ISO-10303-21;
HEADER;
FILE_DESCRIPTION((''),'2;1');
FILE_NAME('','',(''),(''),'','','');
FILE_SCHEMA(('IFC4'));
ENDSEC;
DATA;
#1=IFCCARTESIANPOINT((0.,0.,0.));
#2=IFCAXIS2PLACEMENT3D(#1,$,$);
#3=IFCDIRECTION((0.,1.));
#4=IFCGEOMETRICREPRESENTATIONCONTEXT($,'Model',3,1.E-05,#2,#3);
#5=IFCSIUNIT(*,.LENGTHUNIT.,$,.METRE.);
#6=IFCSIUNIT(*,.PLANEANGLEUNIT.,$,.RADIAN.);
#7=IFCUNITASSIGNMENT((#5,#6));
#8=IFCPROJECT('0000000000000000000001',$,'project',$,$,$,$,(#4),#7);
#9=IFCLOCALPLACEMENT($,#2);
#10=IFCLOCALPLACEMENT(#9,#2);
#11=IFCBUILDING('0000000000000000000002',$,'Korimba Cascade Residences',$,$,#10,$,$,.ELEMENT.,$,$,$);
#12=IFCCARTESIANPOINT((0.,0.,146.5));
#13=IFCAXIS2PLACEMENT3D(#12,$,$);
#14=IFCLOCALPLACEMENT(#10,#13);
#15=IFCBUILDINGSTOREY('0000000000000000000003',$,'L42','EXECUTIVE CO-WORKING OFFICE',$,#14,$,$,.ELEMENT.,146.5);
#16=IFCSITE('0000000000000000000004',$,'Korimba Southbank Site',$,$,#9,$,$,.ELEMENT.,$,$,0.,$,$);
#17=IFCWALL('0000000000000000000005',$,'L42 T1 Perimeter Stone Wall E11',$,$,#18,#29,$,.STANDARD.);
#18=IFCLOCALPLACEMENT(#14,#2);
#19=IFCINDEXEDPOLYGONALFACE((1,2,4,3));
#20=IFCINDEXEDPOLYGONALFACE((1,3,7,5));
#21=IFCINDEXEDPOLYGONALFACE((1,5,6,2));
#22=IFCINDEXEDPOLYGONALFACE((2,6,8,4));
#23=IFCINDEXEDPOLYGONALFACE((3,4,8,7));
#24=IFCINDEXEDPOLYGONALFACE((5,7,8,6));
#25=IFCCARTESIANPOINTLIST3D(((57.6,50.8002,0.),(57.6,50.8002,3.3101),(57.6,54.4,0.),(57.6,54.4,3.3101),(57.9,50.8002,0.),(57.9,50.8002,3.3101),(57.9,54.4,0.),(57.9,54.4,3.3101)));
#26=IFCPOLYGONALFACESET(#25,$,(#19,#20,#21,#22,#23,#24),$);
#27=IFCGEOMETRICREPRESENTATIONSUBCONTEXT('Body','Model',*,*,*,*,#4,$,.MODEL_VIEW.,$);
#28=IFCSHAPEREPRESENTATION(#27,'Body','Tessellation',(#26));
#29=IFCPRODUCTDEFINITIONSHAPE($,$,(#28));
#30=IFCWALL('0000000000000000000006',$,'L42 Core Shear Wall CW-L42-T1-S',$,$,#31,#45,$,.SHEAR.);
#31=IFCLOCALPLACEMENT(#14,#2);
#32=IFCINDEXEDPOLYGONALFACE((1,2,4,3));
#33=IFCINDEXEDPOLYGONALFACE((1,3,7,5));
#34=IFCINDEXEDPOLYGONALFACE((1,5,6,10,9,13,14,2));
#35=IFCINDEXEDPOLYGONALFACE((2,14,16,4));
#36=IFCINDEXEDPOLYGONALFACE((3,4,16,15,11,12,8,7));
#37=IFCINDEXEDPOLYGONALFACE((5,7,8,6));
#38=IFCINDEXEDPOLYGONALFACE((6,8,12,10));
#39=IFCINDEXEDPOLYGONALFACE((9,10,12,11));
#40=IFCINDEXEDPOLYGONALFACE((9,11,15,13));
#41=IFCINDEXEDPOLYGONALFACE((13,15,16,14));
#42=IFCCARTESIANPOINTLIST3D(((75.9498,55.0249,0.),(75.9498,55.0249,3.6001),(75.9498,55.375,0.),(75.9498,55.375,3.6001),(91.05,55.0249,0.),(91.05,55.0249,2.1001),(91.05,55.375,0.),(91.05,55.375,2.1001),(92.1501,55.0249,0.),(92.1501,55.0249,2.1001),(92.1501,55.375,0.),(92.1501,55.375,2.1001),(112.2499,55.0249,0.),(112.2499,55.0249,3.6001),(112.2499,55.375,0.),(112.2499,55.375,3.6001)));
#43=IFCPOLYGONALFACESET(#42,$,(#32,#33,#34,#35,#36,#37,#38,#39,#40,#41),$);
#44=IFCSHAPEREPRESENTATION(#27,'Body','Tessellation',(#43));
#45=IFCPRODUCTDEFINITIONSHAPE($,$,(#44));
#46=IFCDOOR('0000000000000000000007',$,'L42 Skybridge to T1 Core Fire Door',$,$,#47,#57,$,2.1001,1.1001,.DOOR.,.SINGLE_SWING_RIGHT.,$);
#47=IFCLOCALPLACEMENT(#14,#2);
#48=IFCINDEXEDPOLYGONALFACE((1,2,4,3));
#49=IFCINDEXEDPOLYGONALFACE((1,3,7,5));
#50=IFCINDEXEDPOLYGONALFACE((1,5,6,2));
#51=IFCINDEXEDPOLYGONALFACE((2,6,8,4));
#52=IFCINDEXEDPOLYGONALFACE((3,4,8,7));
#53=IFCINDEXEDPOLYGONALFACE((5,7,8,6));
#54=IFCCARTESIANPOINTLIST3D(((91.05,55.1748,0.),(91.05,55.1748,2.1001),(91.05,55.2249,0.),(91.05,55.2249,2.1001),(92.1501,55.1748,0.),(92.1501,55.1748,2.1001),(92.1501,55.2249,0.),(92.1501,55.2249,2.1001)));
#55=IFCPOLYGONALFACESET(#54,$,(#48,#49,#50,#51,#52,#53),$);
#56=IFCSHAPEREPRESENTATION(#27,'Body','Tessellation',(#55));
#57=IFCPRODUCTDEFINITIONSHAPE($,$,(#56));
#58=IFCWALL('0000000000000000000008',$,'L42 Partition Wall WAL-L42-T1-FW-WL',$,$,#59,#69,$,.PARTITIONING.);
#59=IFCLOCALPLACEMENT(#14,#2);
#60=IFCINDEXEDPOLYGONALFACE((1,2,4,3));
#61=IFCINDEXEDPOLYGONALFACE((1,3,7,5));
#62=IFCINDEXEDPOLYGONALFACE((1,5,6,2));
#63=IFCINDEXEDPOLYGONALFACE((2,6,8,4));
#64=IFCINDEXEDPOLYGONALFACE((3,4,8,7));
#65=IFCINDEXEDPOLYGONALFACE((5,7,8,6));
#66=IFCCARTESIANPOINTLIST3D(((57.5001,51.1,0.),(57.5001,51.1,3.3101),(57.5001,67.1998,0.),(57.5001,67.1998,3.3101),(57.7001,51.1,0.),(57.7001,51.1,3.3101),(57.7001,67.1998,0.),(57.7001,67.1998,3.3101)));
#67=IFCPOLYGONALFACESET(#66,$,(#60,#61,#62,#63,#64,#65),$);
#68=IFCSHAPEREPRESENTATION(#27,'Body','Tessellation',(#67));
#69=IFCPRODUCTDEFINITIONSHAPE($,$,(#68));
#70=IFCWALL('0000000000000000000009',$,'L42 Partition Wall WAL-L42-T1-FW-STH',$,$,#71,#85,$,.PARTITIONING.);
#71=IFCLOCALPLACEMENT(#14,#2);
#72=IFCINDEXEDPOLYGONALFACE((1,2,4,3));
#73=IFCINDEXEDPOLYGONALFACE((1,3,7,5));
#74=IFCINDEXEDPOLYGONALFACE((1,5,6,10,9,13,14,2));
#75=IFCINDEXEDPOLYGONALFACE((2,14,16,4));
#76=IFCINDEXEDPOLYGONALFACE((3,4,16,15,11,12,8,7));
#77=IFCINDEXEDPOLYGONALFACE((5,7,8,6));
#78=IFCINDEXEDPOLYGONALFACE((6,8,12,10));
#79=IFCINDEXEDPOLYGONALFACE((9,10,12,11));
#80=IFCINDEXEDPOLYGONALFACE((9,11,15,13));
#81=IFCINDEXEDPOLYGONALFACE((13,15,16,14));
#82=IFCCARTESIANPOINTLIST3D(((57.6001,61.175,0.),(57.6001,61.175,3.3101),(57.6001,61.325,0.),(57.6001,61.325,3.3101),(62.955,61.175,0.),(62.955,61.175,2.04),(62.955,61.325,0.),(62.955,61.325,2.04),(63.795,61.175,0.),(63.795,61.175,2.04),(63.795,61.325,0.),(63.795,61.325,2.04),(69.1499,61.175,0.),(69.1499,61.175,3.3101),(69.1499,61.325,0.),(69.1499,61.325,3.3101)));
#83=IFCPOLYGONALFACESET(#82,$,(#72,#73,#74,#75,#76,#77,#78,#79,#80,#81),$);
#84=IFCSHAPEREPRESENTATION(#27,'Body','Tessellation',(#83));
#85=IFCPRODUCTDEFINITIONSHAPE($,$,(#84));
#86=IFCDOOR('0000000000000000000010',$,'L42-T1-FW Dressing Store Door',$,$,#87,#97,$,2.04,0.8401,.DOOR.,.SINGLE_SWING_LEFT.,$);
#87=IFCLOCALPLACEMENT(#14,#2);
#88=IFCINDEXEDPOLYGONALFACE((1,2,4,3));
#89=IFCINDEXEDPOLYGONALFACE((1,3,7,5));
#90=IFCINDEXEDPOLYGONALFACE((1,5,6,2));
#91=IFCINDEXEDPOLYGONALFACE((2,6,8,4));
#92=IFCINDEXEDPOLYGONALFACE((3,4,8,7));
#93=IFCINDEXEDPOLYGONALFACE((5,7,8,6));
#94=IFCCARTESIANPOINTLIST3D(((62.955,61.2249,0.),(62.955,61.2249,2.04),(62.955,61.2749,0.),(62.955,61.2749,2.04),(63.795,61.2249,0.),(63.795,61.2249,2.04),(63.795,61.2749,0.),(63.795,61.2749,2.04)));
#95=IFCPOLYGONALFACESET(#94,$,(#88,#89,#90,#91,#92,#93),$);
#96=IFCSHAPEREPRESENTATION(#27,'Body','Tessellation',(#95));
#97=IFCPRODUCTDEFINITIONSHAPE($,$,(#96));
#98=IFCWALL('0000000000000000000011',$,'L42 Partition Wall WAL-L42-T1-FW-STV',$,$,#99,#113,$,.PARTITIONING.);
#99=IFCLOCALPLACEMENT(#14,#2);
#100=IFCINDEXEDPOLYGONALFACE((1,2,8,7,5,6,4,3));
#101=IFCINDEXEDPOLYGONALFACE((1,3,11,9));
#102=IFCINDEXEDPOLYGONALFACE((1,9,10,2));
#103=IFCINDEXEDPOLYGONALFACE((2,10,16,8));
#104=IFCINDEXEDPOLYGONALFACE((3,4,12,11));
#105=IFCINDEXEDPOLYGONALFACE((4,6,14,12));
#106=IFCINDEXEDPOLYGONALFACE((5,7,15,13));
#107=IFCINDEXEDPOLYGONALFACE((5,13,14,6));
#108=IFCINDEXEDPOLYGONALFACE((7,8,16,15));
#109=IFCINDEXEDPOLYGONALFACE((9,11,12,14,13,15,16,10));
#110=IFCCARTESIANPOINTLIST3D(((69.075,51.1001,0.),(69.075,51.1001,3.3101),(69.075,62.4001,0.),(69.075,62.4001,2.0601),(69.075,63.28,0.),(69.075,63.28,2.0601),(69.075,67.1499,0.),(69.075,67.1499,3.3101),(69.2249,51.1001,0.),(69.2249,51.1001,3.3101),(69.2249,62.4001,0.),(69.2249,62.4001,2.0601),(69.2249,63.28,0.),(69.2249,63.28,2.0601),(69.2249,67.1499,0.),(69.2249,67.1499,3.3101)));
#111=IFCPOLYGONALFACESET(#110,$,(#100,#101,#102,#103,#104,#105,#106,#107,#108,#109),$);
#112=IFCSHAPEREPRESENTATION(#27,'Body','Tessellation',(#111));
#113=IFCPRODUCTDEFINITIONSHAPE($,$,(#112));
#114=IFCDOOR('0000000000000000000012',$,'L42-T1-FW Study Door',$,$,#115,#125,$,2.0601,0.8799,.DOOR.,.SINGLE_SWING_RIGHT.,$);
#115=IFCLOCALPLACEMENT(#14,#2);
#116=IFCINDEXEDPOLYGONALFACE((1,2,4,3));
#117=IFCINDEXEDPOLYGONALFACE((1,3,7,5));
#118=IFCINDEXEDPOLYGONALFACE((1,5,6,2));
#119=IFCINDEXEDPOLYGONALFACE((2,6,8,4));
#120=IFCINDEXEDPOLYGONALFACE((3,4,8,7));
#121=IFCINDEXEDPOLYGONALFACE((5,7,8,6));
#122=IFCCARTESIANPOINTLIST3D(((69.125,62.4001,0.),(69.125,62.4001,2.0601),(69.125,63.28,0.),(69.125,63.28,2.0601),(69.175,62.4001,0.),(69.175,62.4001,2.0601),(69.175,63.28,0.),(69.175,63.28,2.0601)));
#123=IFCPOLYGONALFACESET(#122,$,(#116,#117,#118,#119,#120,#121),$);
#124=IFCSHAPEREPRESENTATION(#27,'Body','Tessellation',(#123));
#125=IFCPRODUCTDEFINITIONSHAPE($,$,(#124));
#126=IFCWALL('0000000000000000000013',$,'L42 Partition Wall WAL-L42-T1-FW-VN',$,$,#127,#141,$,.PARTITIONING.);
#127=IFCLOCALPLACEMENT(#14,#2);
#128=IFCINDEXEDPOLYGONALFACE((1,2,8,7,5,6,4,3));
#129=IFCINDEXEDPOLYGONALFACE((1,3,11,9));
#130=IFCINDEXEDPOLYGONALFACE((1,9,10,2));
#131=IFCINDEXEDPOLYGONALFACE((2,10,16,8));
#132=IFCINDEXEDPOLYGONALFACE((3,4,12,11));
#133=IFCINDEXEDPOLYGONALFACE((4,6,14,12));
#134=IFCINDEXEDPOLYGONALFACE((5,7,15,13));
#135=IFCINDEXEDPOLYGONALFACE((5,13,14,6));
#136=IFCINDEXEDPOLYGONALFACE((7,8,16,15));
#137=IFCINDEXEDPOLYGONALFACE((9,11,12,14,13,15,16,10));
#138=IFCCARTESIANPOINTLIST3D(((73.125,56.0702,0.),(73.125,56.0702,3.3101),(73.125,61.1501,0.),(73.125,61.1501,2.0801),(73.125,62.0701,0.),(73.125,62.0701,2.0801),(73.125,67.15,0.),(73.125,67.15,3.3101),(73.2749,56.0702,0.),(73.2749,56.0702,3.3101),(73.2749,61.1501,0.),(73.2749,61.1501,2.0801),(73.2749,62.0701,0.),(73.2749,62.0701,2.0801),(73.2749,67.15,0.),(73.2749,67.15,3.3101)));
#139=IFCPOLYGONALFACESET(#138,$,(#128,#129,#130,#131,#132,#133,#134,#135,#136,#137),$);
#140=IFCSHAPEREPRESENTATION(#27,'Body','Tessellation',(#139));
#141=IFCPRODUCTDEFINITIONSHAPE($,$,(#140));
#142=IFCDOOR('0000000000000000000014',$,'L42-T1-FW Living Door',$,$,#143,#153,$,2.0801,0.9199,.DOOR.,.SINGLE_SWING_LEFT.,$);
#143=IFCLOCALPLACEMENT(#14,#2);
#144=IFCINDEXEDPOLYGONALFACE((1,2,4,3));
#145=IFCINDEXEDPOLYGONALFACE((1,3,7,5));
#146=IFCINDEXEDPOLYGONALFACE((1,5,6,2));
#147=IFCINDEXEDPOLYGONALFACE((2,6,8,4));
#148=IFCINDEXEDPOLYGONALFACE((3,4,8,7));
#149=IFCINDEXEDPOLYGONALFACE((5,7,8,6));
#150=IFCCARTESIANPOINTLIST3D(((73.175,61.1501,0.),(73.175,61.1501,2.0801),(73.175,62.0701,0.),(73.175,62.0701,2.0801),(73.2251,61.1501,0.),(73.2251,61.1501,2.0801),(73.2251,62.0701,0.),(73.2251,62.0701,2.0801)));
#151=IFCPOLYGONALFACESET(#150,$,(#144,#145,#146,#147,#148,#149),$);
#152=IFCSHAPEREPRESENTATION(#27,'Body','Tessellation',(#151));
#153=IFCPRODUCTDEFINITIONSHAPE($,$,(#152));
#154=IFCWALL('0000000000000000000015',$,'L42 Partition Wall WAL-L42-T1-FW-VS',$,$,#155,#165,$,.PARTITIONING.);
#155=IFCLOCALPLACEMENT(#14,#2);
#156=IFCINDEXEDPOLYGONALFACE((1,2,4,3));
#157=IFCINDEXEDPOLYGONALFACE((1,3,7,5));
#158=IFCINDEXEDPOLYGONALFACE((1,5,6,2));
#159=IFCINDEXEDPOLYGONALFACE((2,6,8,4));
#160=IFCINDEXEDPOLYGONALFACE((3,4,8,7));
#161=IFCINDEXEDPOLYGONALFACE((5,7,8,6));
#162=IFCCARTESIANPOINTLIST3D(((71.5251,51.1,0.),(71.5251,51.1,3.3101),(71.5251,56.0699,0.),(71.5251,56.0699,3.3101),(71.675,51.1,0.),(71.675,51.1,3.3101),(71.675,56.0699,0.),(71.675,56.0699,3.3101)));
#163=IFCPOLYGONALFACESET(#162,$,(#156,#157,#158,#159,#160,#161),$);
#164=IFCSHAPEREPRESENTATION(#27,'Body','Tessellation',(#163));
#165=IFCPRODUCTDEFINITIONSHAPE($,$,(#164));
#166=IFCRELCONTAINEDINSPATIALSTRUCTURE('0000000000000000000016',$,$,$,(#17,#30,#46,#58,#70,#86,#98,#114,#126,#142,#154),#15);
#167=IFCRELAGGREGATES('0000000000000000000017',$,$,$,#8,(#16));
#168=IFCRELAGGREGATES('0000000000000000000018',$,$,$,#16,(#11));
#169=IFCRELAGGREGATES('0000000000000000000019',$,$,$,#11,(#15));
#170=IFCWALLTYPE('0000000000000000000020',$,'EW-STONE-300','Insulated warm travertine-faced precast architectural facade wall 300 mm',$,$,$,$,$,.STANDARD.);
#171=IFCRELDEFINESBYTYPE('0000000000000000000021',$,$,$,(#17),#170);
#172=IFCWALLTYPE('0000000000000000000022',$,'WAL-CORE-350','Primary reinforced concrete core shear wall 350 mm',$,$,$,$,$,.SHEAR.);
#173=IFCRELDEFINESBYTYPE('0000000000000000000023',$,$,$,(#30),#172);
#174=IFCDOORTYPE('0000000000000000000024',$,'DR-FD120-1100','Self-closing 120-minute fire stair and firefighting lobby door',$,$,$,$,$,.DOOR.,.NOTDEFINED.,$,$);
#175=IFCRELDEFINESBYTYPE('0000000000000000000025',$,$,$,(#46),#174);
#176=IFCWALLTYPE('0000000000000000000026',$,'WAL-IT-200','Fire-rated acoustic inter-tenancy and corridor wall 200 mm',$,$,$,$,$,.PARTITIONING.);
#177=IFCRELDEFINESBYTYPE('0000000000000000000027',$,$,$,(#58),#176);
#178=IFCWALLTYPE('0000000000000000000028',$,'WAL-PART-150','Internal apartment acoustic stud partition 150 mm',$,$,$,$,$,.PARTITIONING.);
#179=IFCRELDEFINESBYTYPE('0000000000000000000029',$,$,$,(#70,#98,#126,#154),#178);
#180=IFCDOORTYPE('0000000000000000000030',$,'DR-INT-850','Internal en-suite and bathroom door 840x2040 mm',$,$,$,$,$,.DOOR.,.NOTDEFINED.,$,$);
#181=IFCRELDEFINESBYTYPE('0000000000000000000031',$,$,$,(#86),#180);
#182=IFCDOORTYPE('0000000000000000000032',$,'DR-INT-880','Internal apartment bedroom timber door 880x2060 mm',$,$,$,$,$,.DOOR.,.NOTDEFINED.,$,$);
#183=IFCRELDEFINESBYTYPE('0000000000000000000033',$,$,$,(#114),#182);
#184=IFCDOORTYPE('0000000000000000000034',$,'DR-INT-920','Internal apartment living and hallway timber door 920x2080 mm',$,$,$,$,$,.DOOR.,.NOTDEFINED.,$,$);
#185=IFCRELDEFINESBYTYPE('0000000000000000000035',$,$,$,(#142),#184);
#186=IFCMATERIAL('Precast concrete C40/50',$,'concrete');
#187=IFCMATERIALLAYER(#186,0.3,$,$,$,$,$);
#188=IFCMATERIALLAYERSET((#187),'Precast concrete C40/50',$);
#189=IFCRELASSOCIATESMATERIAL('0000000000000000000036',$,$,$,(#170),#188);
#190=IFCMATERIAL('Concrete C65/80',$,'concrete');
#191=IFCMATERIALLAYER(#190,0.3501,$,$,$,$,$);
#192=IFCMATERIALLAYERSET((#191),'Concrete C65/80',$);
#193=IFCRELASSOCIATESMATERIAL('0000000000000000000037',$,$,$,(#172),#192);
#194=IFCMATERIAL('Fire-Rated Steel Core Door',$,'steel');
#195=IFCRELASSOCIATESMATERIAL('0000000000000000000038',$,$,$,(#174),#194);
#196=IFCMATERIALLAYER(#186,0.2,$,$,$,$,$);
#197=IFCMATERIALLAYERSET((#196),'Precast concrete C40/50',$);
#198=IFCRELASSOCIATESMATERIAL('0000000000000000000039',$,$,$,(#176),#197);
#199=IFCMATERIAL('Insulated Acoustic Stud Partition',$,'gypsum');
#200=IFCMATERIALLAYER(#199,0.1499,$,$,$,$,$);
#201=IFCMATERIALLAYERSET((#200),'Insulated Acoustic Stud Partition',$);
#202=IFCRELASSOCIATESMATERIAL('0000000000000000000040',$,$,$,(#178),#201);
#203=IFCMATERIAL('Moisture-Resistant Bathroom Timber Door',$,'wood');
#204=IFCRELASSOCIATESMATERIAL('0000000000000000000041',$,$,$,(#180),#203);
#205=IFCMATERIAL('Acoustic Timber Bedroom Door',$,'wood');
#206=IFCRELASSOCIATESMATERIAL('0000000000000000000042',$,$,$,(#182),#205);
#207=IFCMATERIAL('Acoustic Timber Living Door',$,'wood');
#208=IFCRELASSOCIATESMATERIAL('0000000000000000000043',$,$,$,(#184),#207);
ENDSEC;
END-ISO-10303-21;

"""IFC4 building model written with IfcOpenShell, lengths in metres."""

from ifc_helpers import new_model, si_unit, direction, frame, frame_2d, origin, place, context, subcontext, project, spatial, rectangle, extrude, material, layer, layer_set, type_object, element, fill, save


model = new_model("IFC4")

# Units and contexts
model_context = context("Model", 3, precision=1e-05, world=origin(), true_north=direction((0.0, 1.0)))
body_context = subcontext(model_context, "Body", "Model", "MODEL_VIEW")
ifc_project = project(units=[si_unit("LENGTHUNIT", "METRE"), si_unit("PLANEANGLEUNIT", "RADIAN")], contexts=[model_context])

# Site, building, storey
site_placement = place(None, origin())
site = spatial("IfcSite", under=ifc_project, at=site_placement, Name="Korimba Southbank Site", CompositionType="ELEMENT", RefElevation=0.0)
building_placement = place(site_placement, origin())
building = spatial("IfcBuilding", under=site, at=building_placement, Name="Korimba Cascade Residences", CompositionType="ELEMENT")
storey_placement = place(building_placement, frame((0.0, 0.0, 146.5)))
storey = spatial("IfcBuildingStorey", under=building, at=storey_placement, Name="L42", Description="EXECUTIVE CO-WORKING OFFICE", CompositionType="ELEMENT", Elevation=146.5)

# Shared definitions
ifc_material_1 = material(Name="Precast concrete C40/50", Category="concrete")
ifc_layer_1 = layer(ifc_material_1, 0.3)
ifc_layer_set_1 = layer_set([ifc_layer_1], Name="Precast concrete C40/50")
wall_type_1 = type_object("IfcWallType", Name="EW-STONE-300", Description="Insulated warm travertine-faced precast architectural facade wall 300 mm", PredefinedType="STANDARD", material=ifc_layer_set_1)

# Wall
wall_1_placement = place(storey_placement, frame((57.75, 54.3999, 0.0), z_axis=(0.0, 0.0, 1.0), x_axis=(0.0, -1.0, 0.0)))
element("IfcWall", 1, at=wall_1_placement, inside=storey, type_object=wall_type_1, Name="L42 T1 Perimeter Stone Wall E11", PredefinedType="STANDARD", context=body_context, shape_type="SweptSolid", body=[
    extrude(rectangle(XDim=3.5999, YDim=0.3, at=frame_2d((1.7998, 0.0))), origin(), (0.0, 0.0, 1.0), 3.3101),
])

# Wall, opening, door
ifc_material_2 = material(Name="Concrete C65/80", Category="concrete")
ifc_layer_2 = layer(ifc_material_2, 0.3501)
ifc_layer_set_2 = layer_set([ifc_layer_2], Name="Concrete C65/80")
wall_type_2 = type_object("IfcWallType", Name="WAL-CORE-350", Description="Primary reinforced concrete core shear wall 350 mm", PredefinedType="SHEAR", material=ifc_layer_set_2)
wall_2_placement = place(storey_placement, frame((75.95, 55.2, 0.0), z_axis=(0.0, 0.0, 1.0), x_axis=(1.0, 0.0, 0.0)))
wall_2 = element("IfcWall", 2, at=wall_2_placement, inside=storey, type_object=wall_type_2, Name="L42 Core Shear Wall CW-L42-T1-S", PredefinedType="SHEAR", context=body_context, shape_type="SweptSolid", body=[
    extrude(rectangle(XDim=36.3, YDim=0.3501, at=frame_2d((18.1499, 0.0))), origin(), (0.0, 0.0, 1.0), 3.6001),
])
opening_1_placement = place(wall_2_placement, frame((15.1001, 0.0, 0.0)))
opening_1 = element("IfcOpeningElement", 3, at=opening_1_placement, cuts=wall_2, PredefinedType="OPENING", context=body_context, shape_type="SweptSolid", body=[
    extrude(rectangle(XDim=1.1001, YDim=2.1001, at=frame_2d((0.55, 1.05))), frame((0.0, 0.1851, 0.0), z_axis=(0.0, -1.0, 0.0), x_axis=(1.0, 0.0, 0.0)), (0.0, 0.0, 1.0), 0.3701),
])
ifc_material_3 = material(Name="Fire-Rated Steel Core Door", Category="steel")
door_type_1 = type_object("IfcDoorType", Name="DR-FD120-1100", Description="Self-closing 120-minute fire stair and firefighting lobby door", OperationType="NOTDEFINED", PredefinedType="DOOR", material=ifc_material_3)
door_1_placement = place(opening_1_placement, origin())
door_1 = element("IfcDoor", 4, at=door_1_placement, inside=storey, type_object=door_type_1, Name="L42 Skybridge to T1 Core Fire Door", OperationType="SINGLE_SWING_RIGHT", OverallHeight=2.1001, OverallWidth=1.1001, PredefinedType="DOOR", context=body_context, shape_type="SweptSolid", body=[
    extrude(rectangle(XDim=1.1001, YDim=2.1001, at=frame_2d((0.55, 1.05))), frame((0.0, 0.0249, 0.0), z_axis=(0.0, -1.0, 0.0), x_axis=(1.0, 0.0, 0.0)), (0.0, 0.0, 1.0), 0.05),
])
fill(opening_1, door_1)

# Wall
ifc_layer_3 = layer(ifc_material_1, 0.2)
ifc_layer_set_3 = layer_set([ifc_layer_3], Name="Precast concrete C40/50")
wall_type_3 = type_object("IfcWallType", Name="WAL-IT-200", Description="Fire-rated acoustic inter-tenancy and corridor wall 200 mm", PredefinedType="PARTITIONING", material=ifc_layer_set_3)
wall_3_placement = place(storey_placement, frame((57.6001, 51.1001, 0.0), z_axis=(0.0, 0.0, 1.0), x_axis=(0.0, 1.0, 0.0)))
element("IfcWall", 5, at=wall_3_placement, inside=storey, type_object=wall_type_3, Name="L42 Partition Wall WAL-L42-T1-FW-WL", PredefinedType="PARTITIONING", context=body_context, shape_type="SweptSolid", body=[
    extrude(rectangle(XDim=16.0999, YDim=0.2, at=frame_2d((8.0498, 0.0))), origin(), (0.0, 0.0, 1.0), 3.3101),
])

# Walls, openings, doors
ifc_material_4 = material(Name="Insulated Acoustic Stud Partition", Category="gypsum")
ifc_layer_4 = layer(ifc_material_4, 0.1499)
ifc_layer_set_4 = layer_set([ifc_layer_4], Name="Insulated Acoustic Stud Partition")
wall_type_4 = type_object("IfcWallType", Name="WAL-PART-150", Description="Internal apartment acoustic stud partition 150 mm", PredefinedType="PARTITIONING", material=ifc_layer_set_4)
wall_4_placement = place(storey_placement, frame((57.6001, 61.25, 0.0), z_axis=(0.0, 0.0, 1.0), x_axis=(1.0, 0.0, 0.0)))
wall_4 = element("IfcWall", 6, at=wall_4_placement, inside=storey, type_object=wall_type_4, Name="L42 Partition Wall WAL-L42-T1-FW-STH", PredefinedType="PARTITIONING", context=body_context, shape_type="SweptSolid", body=[
    extrude(rectangle(XDim=11.5498, YDim=0.1499, at=frame_2d((5.7749, 0.0))), origin(), (0.0, 0.0, 1.0), 3.3101),
])
opening_2_placement = place(wall_4_placement, frame((5.355, 0.0, 0.0)))
opening_2 = element("IfcOpeningElement", 7, at=opening_2_placement, cuts=wall_4, PredefinedType="OPENING", context=body_context, shape_type="SweptSolid", body=[
    extrude(rectangle(XDim=0.8401, YDim=2.04, at=frame_2d((0.4199, 1.02))), frame((0.0, 0.085, 0.0), z_axis=(0.0, -1.0, 0.0), x_axis=(1.0, 0.0, 0.0)), (0.0, 0.0, 1.0), 0.1699),
])
ifc_material_5 = material(Name="Moisture-Resistant Bathroom Timber Door", Category="wood")
door_type_2 = type_object("IfcDoorType", Name="DR-INT-850", Description="Internal en-suite and bathroom door 840x2040 mm", OperationType="NOTDEFINED", PredefinedType="DOOR", material=ifc_material_5)
door_2_placement = place(opening_2_placement, origin())
door_2 = element("IfcDoor", 8, at=door_2_placement, inside=storey, type_object=door_type_2, Name="L42-T1-FW Dressing Store Door", OperationType="SINGLE_SWING_LEFT", OverallHeight=2.04, OverallWidth=0.8401, PredefinedType="DOOR", context=body_context, shape_type="SweptSolid", body=[
    extrude(rectangle(XDim=0.8401, YDim=2.04, at=frame_2d((0.4199, 1.02))), frame((0.0, 0.0249, 0.0), z_axis=(0.0, -1.0, 0.0), x_axis=(1.0, 0.0, 0.0)), (0.0, 0.0, 1.0), 0.05),
])
fill(opening_2, door_2)
wall_5_placement = place(storey_placement, frame((69.1499, 51.1001, 0.0), z_axis=(0.0, 0.0, 1.0), x_axis=(0.0, 1.0, 0.0)))
wall_5 = element("IfcWall", 9, at=wall_5_placement, inside=storey, type_object=wall_type_4, Name="L42 Partition Wall WAL-L42-T1-FW-STV", PredefinedType="PARTITIONING", context=body_context, shape_type="SweptSolid", body=[
    extrude(rectangle(XDim=16.0498, YDim=0.1499, at=frame_2d((8.0249, 0.0))), origin(), (0.0, 0.0, 1.0), 3.3101),
])
opening_3_placement = place(wall_5_placement, frame((11.3, 0.0, 0.0)))
opening_3 = element("IfcOpeningElement", 10, at=opening_3_placement, cuts=wall_5, PredefinedType="OPENING", context=body_context, shape_type="SweptSolid", body=[
    extrude(rectangle(XDim=0.8799, YDim=2.0601, at=frame_2d((0.4399, 1.03))), frame((0.0, 0.085, 0.0), z_axis=(0.0, -1.0, 0.0), x_axis=(1.0, 0.0, 0.0)), (0.0, 0.0, 1.0), 0.1699),
])
ifc_material_6 = material(Name="Acoustic Timber Bedroom Door", Category="wood")
door_type_3 = type_object("IfcDoorType", Name="DR-INT-880", Description="Internal apartment bedroom timber door 880x2060 mm", OperationType="NOTDEFINED", PredefinedType="DOOR", material=ifc_material_6)
door_3_placement = place(opening_3_placement, origin())
door_3 = element("IfcDoor", 11, at=door_3_placement, inside=storey, type_object=door_type_3, Name="L42-T1-FW Study Door", OperationType="SINGLE_SWING_RIGHT", OverallHeight=2.0601, OverallWidth=0.8799, PredefinedType="DOOR", context=body_context, shape_type="SweptSolid", body=[
    extrude(rectangle(XDim=0.8799, YDim=2.0601, at=frame_2d((0.4399, 1.03))), frame((0.0, 0.0249, 0.0), z_axis=(0.0, -1.0, 0.0), x_axis=(1.0, 0.0, 0.0)), (0.0, 0.0, 1.0), 0.05),
])
fill(opening_3, door_3)
wall_6_placement = place(storey_placement, frame((73.2, 56.0701, 0.0), z_axis=(0.0, 0.0, 1.0), x_axis=(0.0, 1.0, 0.0)))
wall_6 = element("IfcWall", 12, at=wall_6_placement, inside=storey, type_object=wall_type_4, Name="L42 Partition Wall WAL-L42-T1-FW-VN", PredefinedType="PARTITIONING", context=body_context, shape_type="SweptSolid", body=[
    extrude(rectangle(XDim=11.0798, YDim=0.1499, at=frame_2d((5.54, 0.0))), origin(), (0.0, 0.0, 1.0), 3.3101),
])
opening_4_placement = place(wall_6_placement, frame((5.0801, 0.0, 0.0)))
opening_4 = element("IfcOpeningElement", 13, at=opening_4_placement, cuts=wall_6, PredefinedType="OPENING", context=body_context, shape_type="SweptSolid", body=[
    extrude(rectangle(XDim=0.9199, YDim=2.0801, at=frame_2d((0.46, 1.04))), frame((0.0, 0.085, 0.0), z_axis=(0.0, -1.0, 0.0), x_axis=(1.0, 0.0, 0.0)), (0.0, 0.0, 1.0), 0.1699),
])
ifc_material_7 = material(Name="Acoustic Timber Living Door", Category="wood")
door_type_4 = type_object("IfcDoorType", Name="DR-INT-920", Description="Internal apartment living and hallway timber door 920x2080 mm", OperationType="NOTDEFINED", PredefinedType="DOOR", material=ifc_material_7)
door_4_placement = place(opening_4_placement, origin())
door_4 = element("IfcDoor", 14, at=door_4_placement, inside=storey, type_object=door_type_4, Name="L42-T1-FW Living Door", OperationType="SINGLE_SWING_LEFT", OverallHeight=2.0801, OverallWidth=0.9199, PredefinedType="DOOR", context=body_context, shape_type="SweptSolid", body=[
    extrude(rectangle(XDim=0.9199, YDim=2.0801, at=frame_2d((0.46, 1.04))), frame((0.0, 0.0249, 0.0), z_axis=(0.0, -1.0, 0.0), x_axis=(1.0, 0.0, 0.0)), (0.0, 0.0, 1.0), 0.05),
])
fill(opening_4, door_4)

# Wall
wall_7_placement = place(storey_placement, frame((71.6001, 51.1001, 0.0), z_axis=(0.0, 0.0, 1.0), x_axis=(0.0, 1.0, 0.0)))
element("IfcWall", 15, at=wall_7_placement, inside=storey, type_object=wall_type_4, Name="L42 Partition Wall WAL-L42-T1-FW-VS", PredefinedType="PARTITIONING", context=body_context, shape_type="SweptSolid", body=[
    extrude(rectangle(XDim=4.97, YDim=0.1499, at=frame_2d((2.4849, 0.0))), origin(), (0.0, 0.0, 1.0), 3.3101),
])

save(model, "model.ifc")
